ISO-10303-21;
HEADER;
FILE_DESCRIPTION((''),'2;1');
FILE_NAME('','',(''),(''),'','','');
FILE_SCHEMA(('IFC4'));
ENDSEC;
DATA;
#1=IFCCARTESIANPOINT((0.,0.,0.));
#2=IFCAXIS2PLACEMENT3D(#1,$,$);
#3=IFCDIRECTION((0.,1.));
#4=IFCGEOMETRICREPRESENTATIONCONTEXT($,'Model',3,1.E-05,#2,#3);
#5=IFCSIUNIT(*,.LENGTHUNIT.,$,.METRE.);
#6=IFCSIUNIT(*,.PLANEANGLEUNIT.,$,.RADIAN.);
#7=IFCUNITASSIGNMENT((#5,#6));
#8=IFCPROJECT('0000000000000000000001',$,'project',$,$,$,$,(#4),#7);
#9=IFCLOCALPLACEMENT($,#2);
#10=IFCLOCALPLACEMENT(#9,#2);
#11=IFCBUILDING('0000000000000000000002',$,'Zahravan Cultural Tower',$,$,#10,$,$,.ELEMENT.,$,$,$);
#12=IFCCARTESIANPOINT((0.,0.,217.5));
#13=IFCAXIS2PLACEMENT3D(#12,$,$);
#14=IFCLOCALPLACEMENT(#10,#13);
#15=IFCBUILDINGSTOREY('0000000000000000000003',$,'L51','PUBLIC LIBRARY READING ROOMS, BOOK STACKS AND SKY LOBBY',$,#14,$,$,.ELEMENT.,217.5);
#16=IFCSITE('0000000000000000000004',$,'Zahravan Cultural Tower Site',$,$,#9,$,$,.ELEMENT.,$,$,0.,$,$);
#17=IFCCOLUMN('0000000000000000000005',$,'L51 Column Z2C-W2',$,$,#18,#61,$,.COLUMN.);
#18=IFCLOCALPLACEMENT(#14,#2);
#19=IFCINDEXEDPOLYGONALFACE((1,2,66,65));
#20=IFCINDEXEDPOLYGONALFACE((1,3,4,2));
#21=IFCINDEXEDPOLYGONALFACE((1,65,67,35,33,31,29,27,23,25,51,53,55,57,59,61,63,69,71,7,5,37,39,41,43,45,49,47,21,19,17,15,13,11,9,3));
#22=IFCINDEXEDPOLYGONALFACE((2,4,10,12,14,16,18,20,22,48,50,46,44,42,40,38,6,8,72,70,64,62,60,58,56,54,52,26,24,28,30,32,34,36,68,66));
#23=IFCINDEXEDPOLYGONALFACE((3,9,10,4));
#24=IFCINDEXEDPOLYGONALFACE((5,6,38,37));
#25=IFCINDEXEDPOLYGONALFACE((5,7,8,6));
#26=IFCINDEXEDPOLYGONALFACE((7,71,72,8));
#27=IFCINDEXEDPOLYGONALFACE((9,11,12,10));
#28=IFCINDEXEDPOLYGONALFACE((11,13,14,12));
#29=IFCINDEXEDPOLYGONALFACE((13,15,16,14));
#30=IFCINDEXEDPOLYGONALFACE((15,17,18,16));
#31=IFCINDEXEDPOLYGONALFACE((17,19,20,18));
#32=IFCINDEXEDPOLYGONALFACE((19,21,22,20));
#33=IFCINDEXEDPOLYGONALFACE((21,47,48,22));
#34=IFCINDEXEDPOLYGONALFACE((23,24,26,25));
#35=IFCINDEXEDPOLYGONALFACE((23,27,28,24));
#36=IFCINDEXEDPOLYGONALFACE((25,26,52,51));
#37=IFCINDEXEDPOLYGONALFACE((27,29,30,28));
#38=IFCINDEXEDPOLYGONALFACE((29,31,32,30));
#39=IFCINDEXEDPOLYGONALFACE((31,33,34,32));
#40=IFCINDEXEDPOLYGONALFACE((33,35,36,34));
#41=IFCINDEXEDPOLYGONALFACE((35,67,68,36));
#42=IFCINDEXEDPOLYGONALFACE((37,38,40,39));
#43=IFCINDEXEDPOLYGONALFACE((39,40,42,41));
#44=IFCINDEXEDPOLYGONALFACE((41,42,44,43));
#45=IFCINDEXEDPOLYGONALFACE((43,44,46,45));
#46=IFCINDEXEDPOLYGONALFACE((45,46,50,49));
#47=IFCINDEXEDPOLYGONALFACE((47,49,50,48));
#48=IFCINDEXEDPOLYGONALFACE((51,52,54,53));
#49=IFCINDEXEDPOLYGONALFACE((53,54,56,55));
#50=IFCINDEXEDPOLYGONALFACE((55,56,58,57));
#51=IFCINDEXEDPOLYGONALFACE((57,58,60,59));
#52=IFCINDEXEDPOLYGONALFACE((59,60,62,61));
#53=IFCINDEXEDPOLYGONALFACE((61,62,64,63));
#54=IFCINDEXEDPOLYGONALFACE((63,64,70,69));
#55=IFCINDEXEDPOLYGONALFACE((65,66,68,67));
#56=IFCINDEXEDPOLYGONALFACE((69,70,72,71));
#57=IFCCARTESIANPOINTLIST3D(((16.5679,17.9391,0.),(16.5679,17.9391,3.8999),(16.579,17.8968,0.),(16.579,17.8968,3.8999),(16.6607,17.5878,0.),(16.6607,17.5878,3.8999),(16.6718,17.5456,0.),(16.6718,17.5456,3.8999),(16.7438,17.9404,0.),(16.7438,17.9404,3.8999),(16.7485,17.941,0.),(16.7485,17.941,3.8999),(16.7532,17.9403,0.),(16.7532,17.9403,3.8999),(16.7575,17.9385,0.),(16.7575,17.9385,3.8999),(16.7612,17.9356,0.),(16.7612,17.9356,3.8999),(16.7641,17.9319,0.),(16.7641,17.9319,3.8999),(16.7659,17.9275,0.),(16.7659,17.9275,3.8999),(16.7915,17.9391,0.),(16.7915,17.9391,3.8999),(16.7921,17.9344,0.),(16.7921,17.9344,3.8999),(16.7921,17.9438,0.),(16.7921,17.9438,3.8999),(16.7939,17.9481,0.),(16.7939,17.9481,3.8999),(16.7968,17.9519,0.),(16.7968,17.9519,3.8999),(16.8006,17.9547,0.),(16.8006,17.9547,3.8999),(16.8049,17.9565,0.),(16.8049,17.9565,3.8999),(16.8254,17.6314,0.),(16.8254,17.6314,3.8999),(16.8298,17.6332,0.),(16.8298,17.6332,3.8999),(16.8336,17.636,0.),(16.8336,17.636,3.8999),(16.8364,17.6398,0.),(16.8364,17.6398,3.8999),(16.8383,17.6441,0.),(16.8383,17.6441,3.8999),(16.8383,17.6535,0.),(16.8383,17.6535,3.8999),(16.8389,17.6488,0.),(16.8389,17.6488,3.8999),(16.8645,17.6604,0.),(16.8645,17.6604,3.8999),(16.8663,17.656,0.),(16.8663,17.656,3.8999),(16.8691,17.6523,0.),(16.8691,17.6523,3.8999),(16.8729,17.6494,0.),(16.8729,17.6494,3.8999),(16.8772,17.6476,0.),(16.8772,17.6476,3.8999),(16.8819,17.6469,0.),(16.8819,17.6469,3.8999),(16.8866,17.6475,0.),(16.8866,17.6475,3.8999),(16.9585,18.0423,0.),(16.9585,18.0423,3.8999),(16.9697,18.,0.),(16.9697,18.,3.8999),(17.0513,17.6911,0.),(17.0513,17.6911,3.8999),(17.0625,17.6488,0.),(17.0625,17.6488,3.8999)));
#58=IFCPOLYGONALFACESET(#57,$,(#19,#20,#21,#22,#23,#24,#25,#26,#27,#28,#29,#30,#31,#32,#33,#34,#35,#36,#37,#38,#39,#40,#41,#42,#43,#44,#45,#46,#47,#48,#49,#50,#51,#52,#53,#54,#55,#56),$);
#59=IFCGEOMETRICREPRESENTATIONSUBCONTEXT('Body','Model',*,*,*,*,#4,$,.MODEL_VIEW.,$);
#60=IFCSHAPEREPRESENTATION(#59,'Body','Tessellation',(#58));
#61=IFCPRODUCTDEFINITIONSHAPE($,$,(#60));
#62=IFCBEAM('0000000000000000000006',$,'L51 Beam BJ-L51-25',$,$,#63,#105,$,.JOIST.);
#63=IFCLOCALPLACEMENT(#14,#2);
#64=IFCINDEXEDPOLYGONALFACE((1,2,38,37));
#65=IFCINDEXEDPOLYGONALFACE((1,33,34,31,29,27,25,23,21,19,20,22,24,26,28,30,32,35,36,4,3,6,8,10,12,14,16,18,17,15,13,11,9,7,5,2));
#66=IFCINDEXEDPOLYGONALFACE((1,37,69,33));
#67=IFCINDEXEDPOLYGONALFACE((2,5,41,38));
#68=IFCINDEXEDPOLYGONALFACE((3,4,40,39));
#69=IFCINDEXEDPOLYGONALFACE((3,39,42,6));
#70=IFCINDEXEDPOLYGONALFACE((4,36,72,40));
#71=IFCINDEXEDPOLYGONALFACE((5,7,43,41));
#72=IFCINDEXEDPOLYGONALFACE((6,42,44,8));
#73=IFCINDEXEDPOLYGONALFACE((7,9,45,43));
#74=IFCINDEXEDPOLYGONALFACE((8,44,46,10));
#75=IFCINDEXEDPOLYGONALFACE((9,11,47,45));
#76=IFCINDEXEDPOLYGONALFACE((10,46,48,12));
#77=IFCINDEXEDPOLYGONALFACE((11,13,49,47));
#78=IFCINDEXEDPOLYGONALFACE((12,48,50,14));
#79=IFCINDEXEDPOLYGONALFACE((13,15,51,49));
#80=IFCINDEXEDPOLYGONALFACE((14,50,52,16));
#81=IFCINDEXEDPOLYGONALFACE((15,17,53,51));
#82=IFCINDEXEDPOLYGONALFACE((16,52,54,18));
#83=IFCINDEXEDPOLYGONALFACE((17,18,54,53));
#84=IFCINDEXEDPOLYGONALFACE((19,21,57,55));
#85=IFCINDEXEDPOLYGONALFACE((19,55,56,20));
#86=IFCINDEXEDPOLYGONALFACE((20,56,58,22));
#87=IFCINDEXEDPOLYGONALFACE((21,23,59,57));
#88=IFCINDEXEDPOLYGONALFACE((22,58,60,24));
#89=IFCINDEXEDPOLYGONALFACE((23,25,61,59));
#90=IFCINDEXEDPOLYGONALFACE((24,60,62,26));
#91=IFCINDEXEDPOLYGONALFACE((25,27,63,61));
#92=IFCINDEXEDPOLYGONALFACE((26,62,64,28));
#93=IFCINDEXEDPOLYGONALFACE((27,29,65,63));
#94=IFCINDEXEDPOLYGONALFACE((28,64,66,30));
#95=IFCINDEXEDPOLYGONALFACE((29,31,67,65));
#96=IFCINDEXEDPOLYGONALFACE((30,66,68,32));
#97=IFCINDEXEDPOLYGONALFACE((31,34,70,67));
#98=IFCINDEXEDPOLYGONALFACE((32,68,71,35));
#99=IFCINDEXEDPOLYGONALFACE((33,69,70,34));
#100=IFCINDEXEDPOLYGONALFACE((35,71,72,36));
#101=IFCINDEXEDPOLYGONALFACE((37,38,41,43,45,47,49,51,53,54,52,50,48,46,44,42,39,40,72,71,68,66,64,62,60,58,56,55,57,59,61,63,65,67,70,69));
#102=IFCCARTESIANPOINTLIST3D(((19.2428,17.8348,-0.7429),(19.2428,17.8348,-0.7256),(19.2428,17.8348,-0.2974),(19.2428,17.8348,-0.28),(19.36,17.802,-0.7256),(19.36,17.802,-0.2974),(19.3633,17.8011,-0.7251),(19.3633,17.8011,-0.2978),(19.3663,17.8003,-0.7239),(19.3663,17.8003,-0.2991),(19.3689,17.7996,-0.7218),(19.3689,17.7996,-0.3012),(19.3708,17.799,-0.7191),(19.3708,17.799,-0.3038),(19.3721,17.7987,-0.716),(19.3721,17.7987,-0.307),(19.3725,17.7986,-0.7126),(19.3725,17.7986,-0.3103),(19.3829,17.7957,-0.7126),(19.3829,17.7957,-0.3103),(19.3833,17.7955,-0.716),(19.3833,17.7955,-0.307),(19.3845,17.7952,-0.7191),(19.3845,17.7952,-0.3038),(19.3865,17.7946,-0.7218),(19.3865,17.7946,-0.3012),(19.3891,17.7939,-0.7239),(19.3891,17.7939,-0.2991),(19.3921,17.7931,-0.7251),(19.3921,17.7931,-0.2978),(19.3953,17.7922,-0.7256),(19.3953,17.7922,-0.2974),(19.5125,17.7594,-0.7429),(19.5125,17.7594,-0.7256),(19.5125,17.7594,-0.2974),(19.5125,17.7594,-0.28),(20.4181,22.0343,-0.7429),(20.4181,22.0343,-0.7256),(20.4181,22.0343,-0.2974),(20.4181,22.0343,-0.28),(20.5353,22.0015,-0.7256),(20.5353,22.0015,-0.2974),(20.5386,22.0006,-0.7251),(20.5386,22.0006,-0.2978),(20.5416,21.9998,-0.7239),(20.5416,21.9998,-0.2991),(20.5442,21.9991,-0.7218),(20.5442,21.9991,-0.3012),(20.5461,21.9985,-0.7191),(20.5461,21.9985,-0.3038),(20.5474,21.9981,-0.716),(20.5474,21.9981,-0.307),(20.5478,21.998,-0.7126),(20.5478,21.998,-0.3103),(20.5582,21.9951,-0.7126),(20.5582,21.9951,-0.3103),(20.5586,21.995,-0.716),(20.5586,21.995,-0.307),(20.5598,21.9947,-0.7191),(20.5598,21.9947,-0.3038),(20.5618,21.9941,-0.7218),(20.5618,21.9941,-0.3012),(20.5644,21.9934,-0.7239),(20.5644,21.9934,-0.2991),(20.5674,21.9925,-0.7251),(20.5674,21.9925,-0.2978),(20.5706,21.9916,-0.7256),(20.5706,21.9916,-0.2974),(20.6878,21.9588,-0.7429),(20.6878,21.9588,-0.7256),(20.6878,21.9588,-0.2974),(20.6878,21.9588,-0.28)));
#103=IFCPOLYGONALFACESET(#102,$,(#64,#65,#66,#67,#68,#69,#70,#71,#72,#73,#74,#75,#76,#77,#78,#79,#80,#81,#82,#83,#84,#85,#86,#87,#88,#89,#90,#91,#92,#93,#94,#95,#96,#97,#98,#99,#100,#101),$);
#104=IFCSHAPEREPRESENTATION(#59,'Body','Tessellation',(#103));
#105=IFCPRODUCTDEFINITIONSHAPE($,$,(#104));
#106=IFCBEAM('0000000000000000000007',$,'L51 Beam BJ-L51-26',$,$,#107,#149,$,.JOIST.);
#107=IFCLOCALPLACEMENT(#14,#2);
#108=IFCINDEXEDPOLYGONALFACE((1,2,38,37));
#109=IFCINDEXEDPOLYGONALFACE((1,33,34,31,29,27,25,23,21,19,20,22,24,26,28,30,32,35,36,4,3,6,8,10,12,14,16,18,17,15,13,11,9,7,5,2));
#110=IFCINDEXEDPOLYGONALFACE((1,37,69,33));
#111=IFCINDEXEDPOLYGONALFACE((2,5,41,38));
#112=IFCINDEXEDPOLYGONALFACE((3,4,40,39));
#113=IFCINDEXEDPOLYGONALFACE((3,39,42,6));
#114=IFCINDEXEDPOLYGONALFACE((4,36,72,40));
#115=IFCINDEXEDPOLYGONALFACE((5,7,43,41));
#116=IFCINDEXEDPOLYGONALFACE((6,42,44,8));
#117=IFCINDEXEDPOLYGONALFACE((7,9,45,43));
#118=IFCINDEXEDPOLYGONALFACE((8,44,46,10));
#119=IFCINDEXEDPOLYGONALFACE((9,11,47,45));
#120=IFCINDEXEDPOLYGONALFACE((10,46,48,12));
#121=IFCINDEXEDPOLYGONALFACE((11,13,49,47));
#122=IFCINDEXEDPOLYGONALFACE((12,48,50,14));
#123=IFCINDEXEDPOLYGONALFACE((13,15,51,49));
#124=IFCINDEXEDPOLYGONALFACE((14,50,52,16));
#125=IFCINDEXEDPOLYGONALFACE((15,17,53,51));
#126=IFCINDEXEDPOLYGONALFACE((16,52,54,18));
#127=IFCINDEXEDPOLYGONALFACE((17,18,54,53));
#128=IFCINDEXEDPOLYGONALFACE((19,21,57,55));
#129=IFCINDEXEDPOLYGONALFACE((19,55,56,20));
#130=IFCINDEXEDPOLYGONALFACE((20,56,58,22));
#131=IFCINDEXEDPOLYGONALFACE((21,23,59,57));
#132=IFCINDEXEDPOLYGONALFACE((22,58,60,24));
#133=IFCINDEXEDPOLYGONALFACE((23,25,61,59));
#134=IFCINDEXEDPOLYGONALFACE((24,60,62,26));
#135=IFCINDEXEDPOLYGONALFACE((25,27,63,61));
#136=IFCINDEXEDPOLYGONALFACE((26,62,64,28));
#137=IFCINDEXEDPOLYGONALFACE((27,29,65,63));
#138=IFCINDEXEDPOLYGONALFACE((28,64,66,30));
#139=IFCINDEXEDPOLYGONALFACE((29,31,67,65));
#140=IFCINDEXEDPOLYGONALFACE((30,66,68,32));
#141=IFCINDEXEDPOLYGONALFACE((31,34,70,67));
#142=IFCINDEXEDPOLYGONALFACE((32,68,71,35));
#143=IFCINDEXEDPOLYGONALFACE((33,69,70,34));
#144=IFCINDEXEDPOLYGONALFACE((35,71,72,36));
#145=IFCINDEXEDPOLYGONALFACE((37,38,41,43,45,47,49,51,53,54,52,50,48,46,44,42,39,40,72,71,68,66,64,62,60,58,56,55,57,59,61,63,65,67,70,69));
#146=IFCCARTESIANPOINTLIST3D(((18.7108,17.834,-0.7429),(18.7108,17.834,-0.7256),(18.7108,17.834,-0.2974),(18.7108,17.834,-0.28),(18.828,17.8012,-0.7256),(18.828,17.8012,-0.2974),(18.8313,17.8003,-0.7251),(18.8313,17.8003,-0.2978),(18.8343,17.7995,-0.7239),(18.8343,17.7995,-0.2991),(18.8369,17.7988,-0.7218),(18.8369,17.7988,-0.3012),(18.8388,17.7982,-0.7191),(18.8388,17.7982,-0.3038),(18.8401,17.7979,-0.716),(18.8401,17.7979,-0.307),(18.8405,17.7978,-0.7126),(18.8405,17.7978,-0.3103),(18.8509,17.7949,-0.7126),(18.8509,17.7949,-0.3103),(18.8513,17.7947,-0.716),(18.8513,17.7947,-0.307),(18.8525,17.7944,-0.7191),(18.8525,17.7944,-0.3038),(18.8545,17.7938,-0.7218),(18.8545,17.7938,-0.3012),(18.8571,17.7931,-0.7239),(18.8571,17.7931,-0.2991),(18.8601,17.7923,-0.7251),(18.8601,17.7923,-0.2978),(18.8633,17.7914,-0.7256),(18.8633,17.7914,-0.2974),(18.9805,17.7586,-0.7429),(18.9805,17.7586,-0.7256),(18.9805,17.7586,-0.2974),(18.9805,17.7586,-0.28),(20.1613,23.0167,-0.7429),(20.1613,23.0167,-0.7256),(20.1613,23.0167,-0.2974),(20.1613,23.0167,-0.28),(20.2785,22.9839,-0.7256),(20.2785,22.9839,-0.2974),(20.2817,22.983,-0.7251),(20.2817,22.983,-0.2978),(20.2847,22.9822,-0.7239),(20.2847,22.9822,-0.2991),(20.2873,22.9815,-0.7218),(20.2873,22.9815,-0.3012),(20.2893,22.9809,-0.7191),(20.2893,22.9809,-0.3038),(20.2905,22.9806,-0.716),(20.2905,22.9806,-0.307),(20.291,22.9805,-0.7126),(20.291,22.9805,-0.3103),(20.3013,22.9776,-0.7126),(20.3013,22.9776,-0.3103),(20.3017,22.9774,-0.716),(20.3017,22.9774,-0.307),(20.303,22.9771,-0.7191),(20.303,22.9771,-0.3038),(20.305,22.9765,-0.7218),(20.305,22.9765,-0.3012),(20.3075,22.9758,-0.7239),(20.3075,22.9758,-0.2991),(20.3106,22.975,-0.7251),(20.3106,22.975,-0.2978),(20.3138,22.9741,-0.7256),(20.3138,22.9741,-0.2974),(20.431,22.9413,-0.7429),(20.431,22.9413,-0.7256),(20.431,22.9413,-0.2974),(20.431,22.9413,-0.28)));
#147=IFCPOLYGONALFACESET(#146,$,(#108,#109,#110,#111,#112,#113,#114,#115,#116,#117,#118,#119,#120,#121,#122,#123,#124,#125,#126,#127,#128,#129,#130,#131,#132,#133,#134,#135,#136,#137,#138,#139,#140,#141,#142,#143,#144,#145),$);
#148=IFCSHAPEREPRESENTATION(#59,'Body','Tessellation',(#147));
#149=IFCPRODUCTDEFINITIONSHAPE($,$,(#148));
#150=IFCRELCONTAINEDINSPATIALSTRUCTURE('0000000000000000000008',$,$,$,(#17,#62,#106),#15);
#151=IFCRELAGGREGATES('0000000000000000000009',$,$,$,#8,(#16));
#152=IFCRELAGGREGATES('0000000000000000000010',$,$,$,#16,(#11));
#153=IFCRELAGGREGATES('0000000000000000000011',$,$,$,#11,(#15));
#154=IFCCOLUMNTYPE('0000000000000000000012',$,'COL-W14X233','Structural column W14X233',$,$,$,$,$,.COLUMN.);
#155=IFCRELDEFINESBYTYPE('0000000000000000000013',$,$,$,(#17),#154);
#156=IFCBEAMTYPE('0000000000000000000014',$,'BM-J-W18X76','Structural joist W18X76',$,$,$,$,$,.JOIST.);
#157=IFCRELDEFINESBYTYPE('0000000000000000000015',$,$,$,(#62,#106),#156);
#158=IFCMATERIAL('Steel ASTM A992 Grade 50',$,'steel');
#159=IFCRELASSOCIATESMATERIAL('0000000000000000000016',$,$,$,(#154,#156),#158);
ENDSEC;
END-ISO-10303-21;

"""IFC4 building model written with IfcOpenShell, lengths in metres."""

from ifc_helpers import new_model, si_unit, direction, frame, origin, origin_2d, place, context, subcontext, project, spatial, i_section, extrude, source, transform, mapped, material, material_profile, profile_set, type_object, element, save


model = new_model("IFC4")

# Units and contexts
model_context = context("Model", 3, precision=1e-05, world=origin(), true_north=direction((0.0, 1.0)))
body_context = subcontext(model_context, "Body", "Model", "MODEL_VIEW")
ifc_project = project(units=[si_unit("LENGTHUNIT", "METRE"), si_unit("PLANEANGLEUNIT", "RADIAN")], contexts=[model_context])

# Site, building, storey
site_placement = place(None, origin())
site = spatial("IfcSite", under=ifc_project, at=site_placement, Name="Zahravan Cultural Tower Site", CompositionType="ELEMENT", RefElevation=0.0)
building_placement = place(site_placement, origin())
building = spatial("IfcBuilding", under=site, at=building_placement, Name="Zahravan Cultural Tower", CompositionType="ELEMENT")
storey_placement = place(building_placement, frame((0.0, 0.0, 217.5)))
storey = spatial("IfcBuildingStorey", under=building, at=storey_placement, Name="L51", Description="PUBLIC LIBRARY READING ROOMS, BOOK STACKS AND SKY LOBBY", CompositionType="ELEMENT", Elevation=217.5)

# Column
ifc_material_1 = material(Name="Steel ASTM A992 Grade 50", Category="steel")
ifc_material_profile_1 = material_profile(ifc_material_1, i_section(OverallWidth=0.4041, OverallDepth=0.407, WebThickness=0.0271, FlangeThickness=0.0437, FilletRadius=0.0181, at=origin_2d()), Name="W14X233")
ifc_profile_set_1 = profile_set([ifc_material_profile_1], Name="Steel ASTM A992 Grade 50")
column_type = type_object("IfcColumnType", Name="COL-W14X233", Description="Structural column W14X233", PredefinedType="COLUMN", material=ifc_profile_set_1)
shared_shape_1 = source(origin(), body_context, "Body", "SweptSolid", [
    extrude(i_section(OverallWidth=0.4041, OverallDepth=0.407, WebThickness=0.0271, FlangeThickness=0.0437, FilletRadius=0.0181, at=origin_2d()), origin(), (0.0, 0.0, 1.0), 3.8999),
])
column_placement = place(storey_placement, frame((16.8152, 17.7939, 0.0), z_axis=(0.0, 0.0, 1.0), x_axis=(0.966823, 0.255446, 0.0)))
element("IfcColumn", 1, at=column_placement, inside=storey, type_object=column_type, Name="L51 Column Z2C-W2", PredefinedType="COLUMN", context=body_context, shape_type="MappedRepresentation", body=[
    mapped(shared_shape_1, transform((0.0, 0.0, 0.0), x_axis=(1.0, 0.0, 0.0), y_axis=(0.0, 1.0, 0.0), z_axis=(0.0, 0.0, 1.0), scale=1.0)),
])

# Beams
ifc_material_profile_2 = material_profile(ifc_material_1, i_section(OverallWidth=0.28, OverallDepth=0.4629, WebThickness=0.0107, FlangeThickness=0.0173, FilletRadius=0.0129, at=origin_2d()), Name="W18X76")
ifc_profile_set_2 = profile_set([ifc_material_profile_2], Name="Steel ASTM A992 Grade 50")
beam_type = type_object("IfcBeamType", Name="BM-J-W18X76", Description="Structural joist W18X76", PredefinedType="JOIST", material=ifc_profile_set_2)
shared_shape_2 = source(origin(), body_context, "Body", "SweptSolid", [
    extrude(i_section(OverallWidth=0.28, OverallDepth=0.4629, WebThickness=0.0107, FlangeThickness=0.0173, FilletRadius=0.0129, at=origin_2d()), origin(), (0.0, 0.0, 1.0), 4.3608),
])
beam_1_placement = place(storey_placement, frame((20.553, 21.9966, -0.5115), z_axis=(-0.269512, -0.962997, 0.0), x_axis=(0.962997, -0.269512, 0.0)))
element("IfcBeam", 2, at=beam_1_placement, inside=storey, type_object=beam_type, Name="L51 Beam BJ-L51-25", PredefinedType="JOIST", context=body_context, shape_type="MappedRepresentation", body=[
    mapped(shared_shape_2, transform((0.0, 0.0, 0.0), x_axis=(1.0, 0.0, 0.0), y_axis=(0.0, 1.0, 0.0), z_axis=(0.0, 0.0, 1.0), scale=1.0)),
])
shared_shape_3 = source(origin(), body_context, "Body", "SweptSolid", [
    extrude(i_section(OverallWidth=0.28, OverallDepth=0.4629, WebThickness=0.0107, FlangeThickness=0.0173, FilletRadius=0.0129, at=origin_2d()), origin(), (0.0, 0.0, 1.0), 5.3818),
])
beam_2_placement = place(storey_placement, frame((20.2961, 22.979, -0.5115), z_axis=(-0.26951, -0.962997, 0.0), x_axis=(0.962997, -0.26951, 0.0)))
element("IfcBeam", 3, at=beam_2_placement, inside=storey, type_object=beam_type, Name="L51 Beam BJ-L51-26", PredefinedType="JOIST", context=body_context, shape_type="MappedRepresentation", body=[
    mapped(shared_shape_3, transform((0.0, 0.0, 0.0), x_axis=(1.0, 0.0, 0.0), y_axis=(0.0, 1.0, 0.0), z_axis=(0.0, 0.0, 1.0), scale=1.0)),
])

save(model, "model.ifc")
